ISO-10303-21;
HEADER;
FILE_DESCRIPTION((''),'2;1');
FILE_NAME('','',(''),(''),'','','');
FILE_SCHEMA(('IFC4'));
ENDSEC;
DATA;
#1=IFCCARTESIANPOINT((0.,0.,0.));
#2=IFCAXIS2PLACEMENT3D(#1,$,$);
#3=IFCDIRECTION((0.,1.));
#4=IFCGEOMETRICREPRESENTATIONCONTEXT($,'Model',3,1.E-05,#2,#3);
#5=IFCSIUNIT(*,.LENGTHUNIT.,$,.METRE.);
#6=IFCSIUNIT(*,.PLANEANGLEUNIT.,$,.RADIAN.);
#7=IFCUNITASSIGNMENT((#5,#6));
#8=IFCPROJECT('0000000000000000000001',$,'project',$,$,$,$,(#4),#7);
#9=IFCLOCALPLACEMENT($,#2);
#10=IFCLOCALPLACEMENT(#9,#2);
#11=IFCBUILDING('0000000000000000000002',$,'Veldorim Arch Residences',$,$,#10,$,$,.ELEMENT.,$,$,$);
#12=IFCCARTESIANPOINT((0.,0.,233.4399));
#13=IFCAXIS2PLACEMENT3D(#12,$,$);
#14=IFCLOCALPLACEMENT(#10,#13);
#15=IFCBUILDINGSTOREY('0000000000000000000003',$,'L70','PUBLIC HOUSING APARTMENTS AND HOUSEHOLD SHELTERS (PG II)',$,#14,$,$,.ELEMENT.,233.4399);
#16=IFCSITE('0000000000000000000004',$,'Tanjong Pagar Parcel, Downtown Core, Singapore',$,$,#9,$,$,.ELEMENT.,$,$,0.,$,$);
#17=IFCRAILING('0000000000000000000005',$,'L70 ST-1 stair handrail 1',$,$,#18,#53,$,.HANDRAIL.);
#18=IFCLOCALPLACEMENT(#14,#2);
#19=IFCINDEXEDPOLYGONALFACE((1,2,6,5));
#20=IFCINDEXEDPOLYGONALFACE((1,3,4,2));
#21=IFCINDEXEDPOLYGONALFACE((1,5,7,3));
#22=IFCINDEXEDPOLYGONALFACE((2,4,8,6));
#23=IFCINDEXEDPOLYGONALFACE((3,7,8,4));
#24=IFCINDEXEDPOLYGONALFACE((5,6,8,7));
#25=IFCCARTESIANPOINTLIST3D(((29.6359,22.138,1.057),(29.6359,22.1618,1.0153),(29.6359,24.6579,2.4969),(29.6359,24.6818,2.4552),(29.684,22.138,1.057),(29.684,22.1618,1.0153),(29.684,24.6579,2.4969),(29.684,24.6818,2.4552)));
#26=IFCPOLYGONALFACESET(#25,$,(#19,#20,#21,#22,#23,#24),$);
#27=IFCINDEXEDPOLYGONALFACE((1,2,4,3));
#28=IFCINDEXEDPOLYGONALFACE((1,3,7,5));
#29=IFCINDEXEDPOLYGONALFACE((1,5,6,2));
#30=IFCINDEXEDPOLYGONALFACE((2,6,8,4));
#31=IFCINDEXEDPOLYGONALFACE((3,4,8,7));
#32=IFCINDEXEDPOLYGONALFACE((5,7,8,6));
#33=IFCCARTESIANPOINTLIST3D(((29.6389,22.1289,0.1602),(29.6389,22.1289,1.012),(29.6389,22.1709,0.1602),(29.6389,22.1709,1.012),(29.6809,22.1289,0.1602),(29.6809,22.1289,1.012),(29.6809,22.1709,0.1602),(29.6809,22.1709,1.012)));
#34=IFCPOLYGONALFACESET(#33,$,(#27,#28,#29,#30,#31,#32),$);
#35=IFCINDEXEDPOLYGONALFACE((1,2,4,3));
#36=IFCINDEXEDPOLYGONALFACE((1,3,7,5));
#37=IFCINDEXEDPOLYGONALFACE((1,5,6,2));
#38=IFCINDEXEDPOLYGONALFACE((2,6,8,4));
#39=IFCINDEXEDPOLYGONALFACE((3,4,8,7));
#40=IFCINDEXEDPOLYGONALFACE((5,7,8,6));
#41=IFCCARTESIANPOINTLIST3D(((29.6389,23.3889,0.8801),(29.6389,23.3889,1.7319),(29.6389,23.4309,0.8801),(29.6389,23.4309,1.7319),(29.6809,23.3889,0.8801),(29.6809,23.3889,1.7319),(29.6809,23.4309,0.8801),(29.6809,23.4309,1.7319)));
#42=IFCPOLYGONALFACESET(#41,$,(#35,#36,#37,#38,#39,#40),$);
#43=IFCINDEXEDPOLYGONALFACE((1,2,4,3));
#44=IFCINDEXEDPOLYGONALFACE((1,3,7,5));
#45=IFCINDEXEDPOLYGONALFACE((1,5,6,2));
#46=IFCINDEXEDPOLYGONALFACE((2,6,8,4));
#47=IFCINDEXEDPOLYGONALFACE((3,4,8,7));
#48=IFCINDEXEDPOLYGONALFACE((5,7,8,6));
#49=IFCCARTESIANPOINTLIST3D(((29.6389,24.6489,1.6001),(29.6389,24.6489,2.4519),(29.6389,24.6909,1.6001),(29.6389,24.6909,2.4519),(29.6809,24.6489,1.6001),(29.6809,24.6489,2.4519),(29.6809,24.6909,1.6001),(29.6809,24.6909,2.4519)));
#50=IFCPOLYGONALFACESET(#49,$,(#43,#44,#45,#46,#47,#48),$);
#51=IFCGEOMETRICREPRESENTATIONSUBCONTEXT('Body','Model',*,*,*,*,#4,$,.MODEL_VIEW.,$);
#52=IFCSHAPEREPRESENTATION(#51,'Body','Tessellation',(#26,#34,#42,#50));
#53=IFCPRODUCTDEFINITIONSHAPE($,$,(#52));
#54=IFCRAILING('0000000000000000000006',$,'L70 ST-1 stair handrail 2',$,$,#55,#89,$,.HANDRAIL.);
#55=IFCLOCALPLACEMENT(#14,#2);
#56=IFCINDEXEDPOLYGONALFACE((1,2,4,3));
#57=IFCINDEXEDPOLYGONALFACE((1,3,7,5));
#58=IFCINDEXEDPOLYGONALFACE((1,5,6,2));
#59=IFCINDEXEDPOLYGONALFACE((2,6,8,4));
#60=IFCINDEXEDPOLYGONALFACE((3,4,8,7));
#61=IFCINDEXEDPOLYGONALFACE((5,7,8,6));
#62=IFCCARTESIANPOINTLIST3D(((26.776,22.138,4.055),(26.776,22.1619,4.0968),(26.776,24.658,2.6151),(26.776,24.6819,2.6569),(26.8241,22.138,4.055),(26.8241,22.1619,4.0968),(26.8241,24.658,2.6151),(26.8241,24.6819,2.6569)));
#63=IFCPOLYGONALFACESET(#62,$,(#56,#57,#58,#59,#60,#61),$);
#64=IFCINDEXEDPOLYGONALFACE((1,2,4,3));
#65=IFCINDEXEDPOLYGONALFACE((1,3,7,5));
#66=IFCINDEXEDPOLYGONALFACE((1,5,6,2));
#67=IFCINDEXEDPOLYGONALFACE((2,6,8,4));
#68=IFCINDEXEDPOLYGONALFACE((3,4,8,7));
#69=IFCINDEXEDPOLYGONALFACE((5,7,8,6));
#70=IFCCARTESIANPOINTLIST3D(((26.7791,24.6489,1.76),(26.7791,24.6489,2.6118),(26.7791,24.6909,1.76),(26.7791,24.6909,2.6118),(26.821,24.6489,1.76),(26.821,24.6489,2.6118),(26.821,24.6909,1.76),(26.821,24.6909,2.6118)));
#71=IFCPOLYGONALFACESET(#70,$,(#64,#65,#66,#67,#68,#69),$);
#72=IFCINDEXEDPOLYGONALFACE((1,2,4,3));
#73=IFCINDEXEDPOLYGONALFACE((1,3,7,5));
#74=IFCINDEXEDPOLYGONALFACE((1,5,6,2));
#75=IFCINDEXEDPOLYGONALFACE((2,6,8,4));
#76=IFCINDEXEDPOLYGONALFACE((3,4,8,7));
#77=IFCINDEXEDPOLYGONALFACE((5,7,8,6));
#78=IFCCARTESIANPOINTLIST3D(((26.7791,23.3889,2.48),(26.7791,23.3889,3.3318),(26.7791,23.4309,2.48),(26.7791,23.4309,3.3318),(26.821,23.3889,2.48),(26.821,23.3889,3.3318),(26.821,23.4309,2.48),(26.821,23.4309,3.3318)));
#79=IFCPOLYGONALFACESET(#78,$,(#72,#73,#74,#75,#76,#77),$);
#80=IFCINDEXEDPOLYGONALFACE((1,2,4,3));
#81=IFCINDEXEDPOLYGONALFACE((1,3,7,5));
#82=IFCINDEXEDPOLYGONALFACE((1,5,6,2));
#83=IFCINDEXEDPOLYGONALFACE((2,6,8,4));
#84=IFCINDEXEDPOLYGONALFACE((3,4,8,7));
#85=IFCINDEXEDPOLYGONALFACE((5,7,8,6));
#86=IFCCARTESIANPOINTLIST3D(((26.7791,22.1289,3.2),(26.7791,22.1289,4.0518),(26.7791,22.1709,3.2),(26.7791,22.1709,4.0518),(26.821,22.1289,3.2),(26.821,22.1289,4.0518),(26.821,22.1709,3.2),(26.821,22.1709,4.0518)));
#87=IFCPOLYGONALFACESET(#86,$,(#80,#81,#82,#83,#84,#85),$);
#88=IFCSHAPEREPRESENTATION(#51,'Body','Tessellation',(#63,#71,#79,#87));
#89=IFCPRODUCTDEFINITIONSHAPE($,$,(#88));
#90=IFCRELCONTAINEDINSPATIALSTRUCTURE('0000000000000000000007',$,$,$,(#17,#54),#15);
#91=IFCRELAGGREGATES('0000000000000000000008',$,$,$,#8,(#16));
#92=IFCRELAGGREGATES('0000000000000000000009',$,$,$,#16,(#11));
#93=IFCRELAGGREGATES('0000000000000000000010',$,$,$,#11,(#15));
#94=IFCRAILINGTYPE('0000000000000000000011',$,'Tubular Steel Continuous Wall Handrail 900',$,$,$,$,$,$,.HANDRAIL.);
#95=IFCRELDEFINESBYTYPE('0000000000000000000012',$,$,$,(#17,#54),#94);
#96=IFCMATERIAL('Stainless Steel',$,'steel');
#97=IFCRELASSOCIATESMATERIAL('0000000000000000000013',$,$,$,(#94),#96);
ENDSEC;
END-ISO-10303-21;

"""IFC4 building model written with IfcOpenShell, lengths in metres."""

from ifc_helpers import new_model, si_unit, direction, frame, origin, origin_2d, place, context, subcontext, project, spatial, rectangle, extrude, material, type_object, element, save


model = new_model("IFC4")

# Units and contexts
model_context = context("Model", 3, precision=1e-05, world=origin(), true_north=direction((0.0, 1.0)))
body_context = subcontext(model_context, "Body", "Model", "MODEL_VIEW")
ifc_project = project(units=[si_unit("LENGTHUNIT", "METRE"), si_unit("PLANEANGLEUNIT", "RADIAN")], contexts=[model_context])

# Site, building, storey
site_placement = place(None, origin())
site = spatial("IfcSite", under=ifc_project, at=site_placement, Name="Tanjong Pagar Parcel, Downtown Core, Singapore", CompositionType="ELEMENT", RefElevation=0.0)
building_placement = place(site_placement, origin())
building = spatial("IfcBuilding", under=site, at=building_placement, Name="Veldorim Arch Residences", CompositionType="ELEMENT")
storey_placement = place(building_placement, frame((0.0, 0.0, 233.4399)))
storey = spatial("IfcBuildingStorey", under=building, at=storey_placement, Name="L70", Description="PUBLIC HOUSING APARTMENTS AND HOUSEHOLD SHELTERS (PG II)", CompositionType="ELEMENT", Elevation=233.4399)

# Railings
ifc_material_1 = material(Name="Stainless Steel", Category="steel")
railing_type_1 = type_object("IfcRailingType", Name="Tubular Steel Continuous Wall Handrail 900", PredefinedType="HANDRAIL", material=ifc_material_1)
railing_1_placement = place(storey_placement, frame((29.6599, 22.1499, 0.1602)))
element("IfcRailing", 1, at=railing_1_placement, inside=storey, type_object=railing_type_1, Name="L70 ST-1 stair handrail 1", PredefinedType="HANDRAIL", context=body_context, shape_type="SweptSolid", body=[
    extrude(rectangle(XDim=0.0481, YDim=0.0481, at=origin_2d()), frame((0.0, 0.0, 0.876), z_axis=(0.0, 0.868253, 0.496121), x_axis=(-1.0, 0.0, 0.0)), (0.0, 0.0, 1.0), 2.9023),
    extrude(rectangle(XDim=0.042, YDim=0.042, at=origin_2d()), origin(), (0.0, 0.0, 1.0), 0.8518),
    extrude(rectangle(XDim=0.042, YDim=0.042, at=origin_2d()), frame((0.0, 1.26, 0.72)), (0.0, 0.0, 1.0), 0.8518),
    extrude(rectangle(XDim=0.042, YDim=0.042, at=origin_2d()), frame((0.0, 2.52, 1.4399)), (0.0, 0.0, 1.0), 0.8518),
])
railing_2_placement = place(storey_placement, frame((26.8, 24.6699, 1.76)))
element("IfcRailing", 2, at=railing_2_placement, inside=storey, type_object=railing_type_1, Name="L70 ST-1 stair handrail 2", PredefinedType="HANDRAIL", context=body_context, shape_type="SweptSolid", body=[
    extrude(rectangle(XDim=0.0481, YDim=0.0481, at=origin_2d()), frame((0.0, 0.0, 0.876), z_axis=(0.0, -0.868253, 0.496121), x_axis=(1.0, 0.0, 0.0)), (0.0, 0.0, 1.0), 2.9023),
    extrude(rectangle(XDim=0.042, YDim=0.042, at=origin_2d()), origin(), (0.0, 0.0, 1.0), 0.8518),
    extrude(rectangle(XDim=0.042, YDim=0.042, at=origin_2d()), frame((0.0, -1.26, 0.72)), (0.0, 0.0, 1.0), 0.8518),
    extrude(rectangle(XDim=0.042, YDim=0.042, at=origin_2d()), frame((0.0, -2.52, 1.4399)), (0.0, 0.0, 1.0), 0.8518),
])

save(model, "model.ifc")
